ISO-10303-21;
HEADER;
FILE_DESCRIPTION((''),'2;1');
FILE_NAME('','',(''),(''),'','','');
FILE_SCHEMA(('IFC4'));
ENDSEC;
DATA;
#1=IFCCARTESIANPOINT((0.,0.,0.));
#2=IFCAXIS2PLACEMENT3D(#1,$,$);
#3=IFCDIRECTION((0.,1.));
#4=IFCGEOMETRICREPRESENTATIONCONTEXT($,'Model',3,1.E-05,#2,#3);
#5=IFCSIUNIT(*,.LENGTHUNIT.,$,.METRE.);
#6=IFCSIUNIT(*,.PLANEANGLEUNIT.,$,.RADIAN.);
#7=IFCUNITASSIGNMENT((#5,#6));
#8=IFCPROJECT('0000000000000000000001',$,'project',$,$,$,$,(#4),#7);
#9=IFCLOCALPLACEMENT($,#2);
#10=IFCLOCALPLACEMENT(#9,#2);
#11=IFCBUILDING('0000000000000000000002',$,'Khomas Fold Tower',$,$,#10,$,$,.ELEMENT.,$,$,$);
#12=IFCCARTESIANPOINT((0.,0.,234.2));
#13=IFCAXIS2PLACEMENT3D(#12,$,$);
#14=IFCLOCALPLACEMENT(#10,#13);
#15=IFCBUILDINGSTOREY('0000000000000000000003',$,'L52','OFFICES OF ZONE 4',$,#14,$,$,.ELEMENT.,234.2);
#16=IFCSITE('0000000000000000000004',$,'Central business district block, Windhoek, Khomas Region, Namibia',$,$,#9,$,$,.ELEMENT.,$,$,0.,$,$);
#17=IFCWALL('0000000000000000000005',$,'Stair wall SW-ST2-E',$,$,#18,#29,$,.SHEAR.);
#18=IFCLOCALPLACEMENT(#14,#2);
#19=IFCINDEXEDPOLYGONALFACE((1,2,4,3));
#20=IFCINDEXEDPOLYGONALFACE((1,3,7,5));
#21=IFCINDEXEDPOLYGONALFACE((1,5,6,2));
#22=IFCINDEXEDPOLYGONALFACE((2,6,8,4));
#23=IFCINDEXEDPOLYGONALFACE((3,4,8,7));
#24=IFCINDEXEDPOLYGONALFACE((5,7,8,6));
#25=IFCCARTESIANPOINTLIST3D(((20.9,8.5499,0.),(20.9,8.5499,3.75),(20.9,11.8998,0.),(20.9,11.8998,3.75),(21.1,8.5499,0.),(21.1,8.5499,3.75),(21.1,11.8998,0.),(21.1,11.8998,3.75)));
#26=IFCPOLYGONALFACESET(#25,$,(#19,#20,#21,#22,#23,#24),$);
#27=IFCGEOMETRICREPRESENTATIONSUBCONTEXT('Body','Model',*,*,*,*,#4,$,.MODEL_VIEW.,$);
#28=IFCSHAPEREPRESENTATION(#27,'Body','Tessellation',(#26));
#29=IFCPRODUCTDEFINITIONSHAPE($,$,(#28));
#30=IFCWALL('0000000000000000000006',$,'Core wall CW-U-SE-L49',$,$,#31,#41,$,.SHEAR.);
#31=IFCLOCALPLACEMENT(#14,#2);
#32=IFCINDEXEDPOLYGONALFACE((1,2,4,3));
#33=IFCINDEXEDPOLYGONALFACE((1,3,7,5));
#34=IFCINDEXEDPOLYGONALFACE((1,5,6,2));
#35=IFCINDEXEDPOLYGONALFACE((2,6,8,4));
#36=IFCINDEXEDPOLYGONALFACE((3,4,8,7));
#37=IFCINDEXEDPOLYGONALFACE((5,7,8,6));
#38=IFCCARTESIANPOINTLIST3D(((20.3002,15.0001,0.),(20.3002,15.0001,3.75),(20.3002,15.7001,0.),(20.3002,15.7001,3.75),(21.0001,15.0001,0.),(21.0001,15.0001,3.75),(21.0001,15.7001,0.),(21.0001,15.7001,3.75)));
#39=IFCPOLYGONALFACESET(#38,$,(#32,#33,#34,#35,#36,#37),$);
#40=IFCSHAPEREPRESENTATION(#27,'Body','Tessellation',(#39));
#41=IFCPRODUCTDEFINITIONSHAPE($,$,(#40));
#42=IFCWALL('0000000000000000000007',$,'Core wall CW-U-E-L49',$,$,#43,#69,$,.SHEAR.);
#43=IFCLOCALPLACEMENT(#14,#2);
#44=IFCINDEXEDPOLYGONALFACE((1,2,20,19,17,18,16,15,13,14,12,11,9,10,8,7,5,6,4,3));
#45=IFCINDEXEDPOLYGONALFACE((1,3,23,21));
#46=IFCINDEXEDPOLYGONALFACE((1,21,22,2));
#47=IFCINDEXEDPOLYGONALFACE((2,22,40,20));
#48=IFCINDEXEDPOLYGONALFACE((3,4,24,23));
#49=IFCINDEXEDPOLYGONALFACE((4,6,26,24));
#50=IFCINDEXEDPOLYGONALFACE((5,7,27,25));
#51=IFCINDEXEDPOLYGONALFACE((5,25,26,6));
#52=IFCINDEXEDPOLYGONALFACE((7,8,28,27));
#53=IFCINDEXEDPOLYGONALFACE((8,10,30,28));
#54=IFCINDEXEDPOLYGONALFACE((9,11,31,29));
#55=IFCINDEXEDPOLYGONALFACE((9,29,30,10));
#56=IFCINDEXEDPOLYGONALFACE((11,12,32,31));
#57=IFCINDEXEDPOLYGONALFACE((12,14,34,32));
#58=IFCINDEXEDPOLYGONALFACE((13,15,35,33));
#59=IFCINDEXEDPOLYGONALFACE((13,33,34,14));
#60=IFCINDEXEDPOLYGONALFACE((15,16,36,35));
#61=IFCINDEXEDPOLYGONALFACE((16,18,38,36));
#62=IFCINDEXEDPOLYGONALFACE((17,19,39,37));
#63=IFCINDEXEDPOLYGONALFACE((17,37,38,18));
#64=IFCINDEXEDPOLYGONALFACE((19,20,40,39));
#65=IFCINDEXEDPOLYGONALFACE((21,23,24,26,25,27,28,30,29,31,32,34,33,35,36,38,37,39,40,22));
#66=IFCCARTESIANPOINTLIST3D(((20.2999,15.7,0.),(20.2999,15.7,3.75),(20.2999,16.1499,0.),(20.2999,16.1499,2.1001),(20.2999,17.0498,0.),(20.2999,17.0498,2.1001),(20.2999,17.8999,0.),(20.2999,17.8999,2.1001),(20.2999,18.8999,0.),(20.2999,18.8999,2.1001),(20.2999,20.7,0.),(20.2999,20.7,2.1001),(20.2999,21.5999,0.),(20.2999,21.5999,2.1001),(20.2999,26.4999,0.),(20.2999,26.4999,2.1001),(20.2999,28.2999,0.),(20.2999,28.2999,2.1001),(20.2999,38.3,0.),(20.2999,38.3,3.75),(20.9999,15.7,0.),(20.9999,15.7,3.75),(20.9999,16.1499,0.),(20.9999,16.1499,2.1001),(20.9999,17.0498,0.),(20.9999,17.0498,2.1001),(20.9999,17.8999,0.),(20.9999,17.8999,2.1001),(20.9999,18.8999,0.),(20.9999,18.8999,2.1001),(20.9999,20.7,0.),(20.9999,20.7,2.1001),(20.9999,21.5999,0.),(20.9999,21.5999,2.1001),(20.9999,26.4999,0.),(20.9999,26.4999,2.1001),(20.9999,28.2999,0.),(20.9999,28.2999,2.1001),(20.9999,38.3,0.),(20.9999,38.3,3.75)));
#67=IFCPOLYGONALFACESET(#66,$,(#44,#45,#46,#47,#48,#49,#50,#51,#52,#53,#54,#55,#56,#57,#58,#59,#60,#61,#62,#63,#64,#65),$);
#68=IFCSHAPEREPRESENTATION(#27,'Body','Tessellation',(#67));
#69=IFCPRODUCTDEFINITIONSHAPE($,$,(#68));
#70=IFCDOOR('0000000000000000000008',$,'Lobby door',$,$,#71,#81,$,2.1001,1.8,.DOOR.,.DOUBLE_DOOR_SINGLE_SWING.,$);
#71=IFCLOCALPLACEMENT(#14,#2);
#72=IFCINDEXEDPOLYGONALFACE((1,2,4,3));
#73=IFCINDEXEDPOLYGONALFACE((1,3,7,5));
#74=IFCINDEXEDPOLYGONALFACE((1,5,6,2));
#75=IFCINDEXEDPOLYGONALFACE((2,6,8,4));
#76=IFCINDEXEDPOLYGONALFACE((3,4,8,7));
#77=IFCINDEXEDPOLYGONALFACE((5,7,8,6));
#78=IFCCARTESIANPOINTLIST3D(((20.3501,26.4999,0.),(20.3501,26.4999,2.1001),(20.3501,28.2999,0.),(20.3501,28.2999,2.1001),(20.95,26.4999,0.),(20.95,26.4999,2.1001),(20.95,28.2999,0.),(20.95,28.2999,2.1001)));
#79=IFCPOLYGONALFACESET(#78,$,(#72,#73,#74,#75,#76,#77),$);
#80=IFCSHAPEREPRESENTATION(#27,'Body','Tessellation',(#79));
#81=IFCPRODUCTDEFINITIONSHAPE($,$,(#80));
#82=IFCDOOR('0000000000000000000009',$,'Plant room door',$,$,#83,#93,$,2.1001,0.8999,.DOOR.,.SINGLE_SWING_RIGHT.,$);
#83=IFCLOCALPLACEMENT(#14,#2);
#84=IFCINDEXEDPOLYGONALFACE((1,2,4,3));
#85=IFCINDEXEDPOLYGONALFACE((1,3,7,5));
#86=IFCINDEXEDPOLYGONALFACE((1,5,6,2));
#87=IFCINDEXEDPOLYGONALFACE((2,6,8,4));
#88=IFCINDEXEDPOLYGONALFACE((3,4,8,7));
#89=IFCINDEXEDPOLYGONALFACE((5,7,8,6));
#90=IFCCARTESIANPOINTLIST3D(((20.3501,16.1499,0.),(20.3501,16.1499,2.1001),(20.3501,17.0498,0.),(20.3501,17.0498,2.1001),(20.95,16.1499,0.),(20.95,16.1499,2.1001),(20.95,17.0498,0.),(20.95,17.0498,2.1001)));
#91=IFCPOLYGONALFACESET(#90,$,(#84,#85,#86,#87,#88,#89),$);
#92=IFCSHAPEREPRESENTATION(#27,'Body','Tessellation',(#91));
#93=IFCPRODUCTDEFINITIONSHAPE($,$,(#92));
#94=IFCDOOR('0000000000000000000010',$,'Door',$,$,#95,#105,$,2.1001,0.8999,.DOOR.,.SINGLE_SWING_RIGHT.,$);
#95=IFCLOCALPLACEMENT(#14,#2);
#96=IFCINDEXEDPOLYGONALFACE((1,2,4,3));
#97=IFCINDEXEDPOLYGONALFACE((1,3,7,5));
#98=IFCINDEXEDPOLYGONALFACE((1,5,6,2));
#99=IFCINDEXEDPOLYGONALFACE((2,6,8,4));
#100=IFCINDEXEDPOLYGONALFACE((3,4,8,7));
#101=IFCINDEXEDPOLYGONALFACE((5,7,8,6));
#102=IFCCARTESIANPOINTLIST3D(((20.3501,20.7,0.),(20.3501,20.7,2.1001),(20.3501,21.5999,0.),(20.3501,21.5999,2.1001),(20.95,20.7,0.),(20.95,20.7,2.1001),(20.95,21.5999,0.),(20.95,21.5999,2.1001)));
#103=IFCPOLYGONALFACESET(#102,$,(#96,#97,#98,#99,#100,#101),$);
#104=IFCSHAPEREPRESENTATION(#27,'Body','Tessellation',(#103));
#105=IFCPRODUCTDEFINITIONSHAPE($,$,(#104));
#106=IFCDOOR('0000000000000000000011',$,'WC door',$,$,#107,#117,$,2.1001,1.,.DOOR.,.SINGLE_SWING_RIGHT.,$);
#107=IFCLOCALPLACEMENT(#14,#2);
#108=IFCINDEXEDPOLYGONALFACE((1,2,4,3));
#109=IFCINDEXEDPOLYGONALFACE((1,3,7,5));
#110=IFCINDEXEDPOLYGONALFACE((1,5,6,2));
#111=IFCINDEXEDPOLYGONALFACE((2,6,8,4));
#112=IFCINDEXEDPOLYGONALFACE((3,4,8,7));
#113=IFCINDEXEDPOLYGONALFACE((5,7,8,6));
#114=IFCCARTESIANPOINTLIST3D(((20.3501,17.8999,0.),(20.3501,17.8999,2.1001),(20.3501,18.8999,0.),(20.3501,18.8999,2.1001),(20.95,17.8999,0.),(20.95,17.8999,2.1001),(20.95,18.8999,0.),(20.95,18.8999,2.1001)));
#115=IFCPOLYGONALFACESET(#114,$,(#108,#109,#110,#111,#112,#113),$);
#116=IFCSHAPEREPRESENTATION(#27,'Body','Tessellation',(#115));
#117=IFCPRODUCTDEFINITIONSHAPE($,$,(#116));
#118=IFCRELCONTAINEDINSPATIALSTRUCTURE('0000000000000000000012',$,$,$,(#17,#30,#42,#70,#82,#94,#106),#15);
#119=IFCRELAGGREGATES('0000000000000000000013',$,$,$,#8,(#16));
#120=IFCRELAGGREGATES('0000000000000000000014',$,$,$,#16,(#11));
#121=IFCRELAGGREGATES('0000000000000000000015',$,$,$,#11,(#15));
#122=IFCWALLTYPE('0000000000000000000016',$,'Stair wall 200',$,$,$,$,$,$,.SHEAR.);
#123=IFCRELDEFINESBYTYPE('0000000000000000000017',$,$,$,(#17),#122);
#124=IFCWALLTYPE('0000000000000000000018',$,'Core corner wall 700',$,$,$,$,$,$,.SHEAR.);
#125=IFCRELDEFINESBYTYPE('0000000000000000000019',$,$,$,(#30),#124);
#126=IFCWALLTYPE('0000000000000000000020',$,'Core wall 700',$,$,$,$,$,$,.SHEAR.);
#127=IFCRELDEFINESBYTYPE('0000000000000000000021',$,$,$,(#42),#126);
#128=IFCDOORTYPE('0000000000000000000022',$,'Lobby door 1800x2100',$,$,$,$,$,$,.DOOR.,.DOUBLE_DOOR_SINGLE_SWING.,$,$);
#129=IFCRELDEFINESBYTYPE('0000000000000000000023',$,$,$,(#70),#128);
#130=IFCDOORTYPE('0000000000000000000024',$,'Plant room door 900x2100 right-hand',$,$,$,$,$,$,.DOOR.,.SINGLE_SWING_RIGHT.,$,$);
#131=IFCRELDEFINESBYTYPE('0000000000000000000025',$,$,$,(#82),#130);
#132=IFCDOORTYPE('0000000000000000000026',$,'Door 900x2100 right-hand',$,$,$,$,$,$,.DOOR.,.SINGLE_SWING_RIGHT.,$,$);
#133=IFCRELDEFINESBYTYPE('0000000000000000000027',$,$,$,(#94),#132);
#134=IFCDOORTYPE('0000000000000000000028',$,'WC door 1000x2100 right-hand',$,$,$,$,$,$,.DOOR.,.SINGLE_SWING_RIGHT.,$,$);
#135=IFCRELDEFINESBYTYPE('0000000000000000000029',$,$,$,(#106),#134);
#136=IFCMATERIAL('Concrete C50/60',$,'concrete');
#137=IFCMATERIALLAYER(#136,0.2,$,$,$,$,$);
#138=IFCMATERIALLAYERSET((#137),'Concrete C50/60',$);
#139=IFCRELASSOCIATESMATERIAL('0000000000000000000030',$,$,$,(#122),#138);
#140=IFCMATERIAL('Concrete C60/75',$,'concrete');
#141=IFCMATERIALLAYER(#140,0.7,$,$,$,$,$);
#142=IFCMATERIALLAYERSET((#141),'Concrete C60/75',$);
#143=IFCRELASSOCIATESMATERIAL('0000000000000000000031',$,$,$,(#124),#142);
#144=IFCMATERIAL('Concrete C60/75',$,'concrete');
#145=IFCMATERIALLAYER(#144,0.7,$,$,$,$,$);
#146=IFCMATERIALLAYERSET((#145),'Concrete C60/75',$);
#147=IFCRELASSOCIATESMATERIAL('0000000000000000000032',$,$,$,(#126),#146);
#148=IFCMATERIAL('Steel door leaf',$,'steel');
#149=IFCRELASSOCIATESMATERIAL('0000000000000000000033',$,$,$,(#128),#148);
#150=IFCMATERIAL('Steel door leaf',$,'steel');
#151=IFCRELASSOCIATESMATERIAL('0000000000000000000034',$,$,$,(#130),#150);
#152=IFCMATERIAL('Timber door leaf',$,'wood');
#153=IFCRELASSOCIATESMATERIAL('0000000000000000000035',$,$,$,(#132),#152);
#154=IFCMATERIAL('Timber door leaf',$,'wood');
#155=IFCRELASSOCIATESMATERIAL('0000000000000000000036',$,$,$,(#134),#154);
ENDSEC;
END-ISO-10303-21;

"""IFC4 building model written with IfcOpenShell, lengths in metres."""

from ifc_helpers import new_model, si_unit, direction, frame, frame_2d, origin, place, context, subcontext, project, spatial, rectangle, extrude, source, transform, mapped, material, layer, layer_set, type_object, element, fill, save


model = new_model("IFC4")

# Units and contexts
model_context = context("Model", 3, precision=1e-05, world=origin(), true_north=direction((0.0, 1.0)))
body_context = subcontext(model_context, "Body", "Model", "MODEL_VIEW")
ifc_project = project(units=[si_unit("LENGTHUNIT", "METRE"), si_unit("PLANEANGLEUNIT", "RADIAN")], contexts=[model_context])

# Site, building, storey
site_placement = place(None, origin())
site = spatial("IfcSite", under=ifc_project, at=site_placement, Name="Central business district block, Windhoek, Khomas Region, Namibia", CompositionType="ELEMENT", RefElevation=0.0)
building_placement = place(site_placement, origin())
building = spatial("IfcBuilding", under=site, at=building_placement, Name="Khomas Fold Tower", CompositionType="ELEMENT")
storey_placement = place(building_placement, frame((0.0, 0.0, 234.2)))
storey = spatial("IfcBuildingStorey", under=building, at=storey_placement, Name="L52", Description="OFFICES OF ZONE 4", CompositionType="ELEMENT", Elevation=234.2)

# Walls
ifc_material_1 = material(Name="Concrete C50/60", Category="concrete")
ifc_layer_1 = layer(ifc_material_1, 0.2)
ifc_layer_set_1 = layer_set([ifc_layer_1], Name="Concrete C50/60")
wall_type_1 = type_object("IfcWallType", Name="Stair wall 200", PredefinedType="SHEAR", material=ifc_layer_set_1)
shared_shape_1 = source(origin(), body_context, "Body", "SweptSolid", [
    extrude(rectangle(XDim=3.3499, YDim=0.2, at=frame_2d((1.6748, 0.0))), origin(), (0.0, 0.0, 1.0), 3.75),
])
wall_1_placement = place(storey_placement, frame((21.0, 8.55, 0.0), z_axis=(0.0, 0.0, 1.0), x_axis=(0.0, 1.0, 0.0)))
element("IfcWall", 1, at=wall_1_placement, inside=storey, type_object=wall_type_1, Name="Stair wall SW-ST2-E", PredefinedType="SHEAR", context=body_context, shape_type="MappedRepresentation", body=[
    mapped(shared_shape_1, transform((0.0, 0.0, 0.0))),
])
ifc_material_2 = material(Name="Concrete C60/75", Category="concrete")
ifc_layer_2 = layer(ifc_material_2, 0.7)
ifc_layer_set_2 = layer_set([ifc_layer_2], Name="Concrete C60/75")
wall_type_2 = type_object("IfcWallType", Name="Core corner wall 700", PredefinedType="SHEAR", material=ifc_layer_set_2)
shared_shape_2 = source(origin(), body_context, "Body", "SweptSolid", [
    extrude(rectangle(XDim=0.7, YDim=0.7, at=frame_2d((0.3501, 0.0))), origin(), (0.0, 0.0, 1.0), 3.75),
])
wall_2_placement = place(storey_placement, frame((20.3, 15.3501, 0.0), z_axis=(0.0, 0.0, 1.0), x_axis=(1.0, 0.0, 0.0)))
element("IfcWall", 2, at=wall_2_placement, inside=storey, type_object=wall_type_2, Name="Core wall CW-U-SE-L49", PredefinedType="SHEAR", context=body_context, shape_type="MappedRepresentation", body=[
    mapped(shared_shape_2, transform((0.0, 0.0, 0.0))),
])

# Wall, openings, doors
ifc_material_3 = material(Name="Concrete C60/75", Category="concrete")
ifc_layer_3 = layer(ifc_material_3, 0.7)
ifc_layer_set_3 = layer_set([ifc_layer_3], Name="Concrete C60/75")
wall_type_3 = type_object("IfcWallType", Name="Core wall 700", PredefinedType="SHEAR", material=ifc_layer_set_3)
shared_shape_3 = source(origin(), body_context, "Body", "SweptSolid", [
    extrude(rectangle(XDim=22.6001, YDim=0.7, at=frame_2d((11.3, 0.0))), origin(), (0.0, 0.0, 1.0), 3.75),
])
wall_3_placement = place(storey_placement, frame((20.6499, 15.7, 0.0), z_axis=(0.0, 0.0, 1.0), x_axis=(0.0, 1.0, 0.0)))
wall_3 = element("IfcWall", 3, at=wall_3_placement, inside=storey, type_object=wall_type_3, Name="Core wall CW-U-E-L49", PredefinedType="SHEAR", context=body_context, shape_type="MappedRepresentation", body=[
    mapped(shared_shape_3, transform((0.0, 0.0, 0.0))),
])
shared_shape_4 = source(origin(), body_context, "Body", "SweptSolid", [
    extrude(rectangle(XDim=1.8, YDim=2.1001, at=frame_2d((0.8999, 1.05))), frame((0.0, 0.3599, 0.0), z_axis=(0.0, -1.0, 0.0), x_axis=(1.0, 0.0, 0.0)), (0.0, 0.0, 1.0), 0.72),
])
opening_1_placement = place(wall_3_placement, frame((10.8, 0.0, 0.0)))
opening_1 = element("IfcOpeningElement", 4, at=opening_1_placement, cuts=wall_3, PredefinedType="OPENING", context=body_context, shape_type="MappedRepresentation", body=[
    mapped(shared_shape_4, transform((0.0, 0.0, 0.0))),
])
shared_shape_5 = source(origin(), body_context, "Body", "SweptSolid", [
    extrude(rectangle(XDim=0.8999, YDim=2.1001, at=frame_2d((0.45, 1.05))), frame((0.0, 0.3599, 0.0), z_axis=(0.0, -1.0, 0.0), x_axis=(1.0, 0.0, 0.0)), (0.0, 0.0, 1.0), 0.72),
])
opening_2_placement = place(wall_3_placement, frame((0.45, 0.0, 0.0)))
opening_2 = element("IfcOpeningElement", 5, at=opening_2_placement, cuts=wall_3, PredefinedType="OPENING", context=body_context, shape_type="MappedRepresentation", body=[
    mapped(shared_shape_5, transform((0.0, 0.0, 0.0))),
])
shared_shape_6 = source(origin(), body_context, "Body", "SweptSolid", [
    extrude(rectangle(XDim=1.0, YDim=2.1001, at=frame_2d((0.5, 1.05))), frame((0.0, 0.3599, 0.0), z_axis=(0.0, -1.0, 0.0), x_axis=(1.0, 0.0, 0.0)), (0.0, 0.0, 1.0), 0.72),
])
opening_3_placement = place(wall_3_placement, frame((2.2, 0.0, 0.0)))
opening_3 = element("IfcOpeningElement", 6, at=opening_3_placement, cuts=wall_3, PredefinedType="OPENING", context=body_context, shape_type="MappedRepresentation", body=[
    mapped(shared_shape_6, transform((0.0, 0.0, 0.0))),
])
opening_4_placement = place(wall_3_placement, frame((5.0, 0.0, 0.0)))
opening_4 = element("IfcOpeningElement", 7, at=opening_4_placement, cuts=wall_3, PredefinedType="OPENING", context=body_context, shape_type="MappedRepresentation", body=[
    mapped(shared_shape_5, transform((0.0, 0.0, 0.0))),
])
ifc_material_4 = material(Name="Steel door leaf", Category="steel")
door_type_1 = type_object("IfcDoorType", Name="Lobby door 1800x2100", OperationType="DOUBLE_DOOR_SINGLE_SWING", PredefinedType="DOOR", material=ifc_material_4)
shared_shape_7 = source(origin(), body_context, "Body", "SweptSolid", [
    extrude(rectangle(XDim=1.8, YDim=2.1001, at=frame_2d((0.8999, 1.05))), frame((0.0, 0.2998, 0.0), z_axis=(0.0, -1.0, 0.0), x_axis=(1.0, 0.0, 0.0)), (0.0, 0.0, 1.0), 0.5999),
])
door_1_placement = place(opening_1_placement, origin())
door_1 = element("IfcDoor", 8, at=door_1_placement, inside=storey, type_object=door_type_1, Name="Lobby door", OperationType="DOUBLE_DOOR_SINGLE_SWING", OverallHeight=2.1001, OverallWidth=1.8, PredefinedType="DOOR", context=body_context, shape_type="MappedRepresentation", body=[
    mapped(shared_shape_7, transform((0.0, 0.0, 0.0))),
])
fill(opening_1, door_1)
ifc_material_5 = material(Name="Steel door leaf", Category="steel")
door_type_2 = type_object("IfcDoorType", Name="Plant room door 900x2100 right-hand", OperationType="SINGLE_SWING_RIGHT", PredefinedType="DOOR", material=ifc_material_5)
shared_shape_8 = source(origin(), body_context, "Body", "SweptSolid", [
    extrude(rectangle(XDim=0.8999, YDim=2.1001, at=frame_2d((0.45, 1.05))), frame((0.0, 0.2998, 0.0), z_axis=(0.0, -1.0, 0.0), x_axis=(1.0, 0.0, 0.0)), (0.0, 0.0, 1.0), 0.5999),
])
door_2_placement = place(opening_2_placement, origin())
door_2 = element("IfcDoor", 9, at=door_2_placement, inside=storey, type_object=door_type_2, Name="Plant room door", OperationType="SINGLE_SWING_RIGHT", OverallHeight=2.1001, OverallWidth=0.8999, PredefinedType="DOOR", context=body_context, shape_type="MappedRepresentation", body=[
    mapped(shared_shape_8, transform((0.0, 0.0, 0.0))),
])
fill(opening_2, door_2)
ifc_material_6 = material(Name="Timber door leaf", Category="wood")
door_type_3 = type_object("IfcDoorType", Name="Door 900x2100 right-hand", OperationType="SINGLE_SWING_RIGHT", PredefinedType="DOOR", material=ifc_material_6)
door_3_placement = place(opening_4_placement, origin())
door_3 = element("IfcDoor", 10, at=door_3_placement, inside=storey, type_object=door_type_3, Name="Door", OperationType="SINGLE_SWING_RIGHT", OverallHeight=2.1001, OverallWidth=0.8999, PredefinedType="DOOR", context=body_context, shape_type="MappedRepresentation", body=[
    mapped(shared_shape_8, transform((0.0, 0.0, 0.0))),
])
fill(opening_4, door_3)
ifc_material_7 = material(Name="Timber door leaf", Category="wood")
door_type_4 = type_object("IfcDoorType", Name="WC door 1000x2100 right-hand", OperationType="SINGLE_SWING_RIGHT", PredefinedType="DOOR", material=ifc_material_7)
shared_shape_9 = source(origin(), body_context, "Body", "SweptSolid", [
    extrude(rectangle(XDim=1.0, YDim=2.1001, at=frame_2d((0.5, 1.05))), frame((0.0, 0.2998, 0.0), z_axis=(0.0, -1.0, 0.0), x_axis=(1.0, 0.0, 0.0)), (0.0, 0.0, 1.0), 0.5999),
])
door_4_placement = place(opening_3_placement, origin())
door_4 = element("IfcDoor", 11, at=door_4_placement, inside=storey, type_object=door_type_4, Name="WC door", OperationType="SINGLE_SWING_RIGHT", OverallHeight=2.1001, OverallWidth=1.0, PredefinedType="DOOR", context=body_context, shape_type="MappedRepresentation", body=[
    mapped(shared_shape_9, transform((0.0, 0.0, 0.0))),
])
fill(opening_3, door_4)

save(model, "model.ifc")
